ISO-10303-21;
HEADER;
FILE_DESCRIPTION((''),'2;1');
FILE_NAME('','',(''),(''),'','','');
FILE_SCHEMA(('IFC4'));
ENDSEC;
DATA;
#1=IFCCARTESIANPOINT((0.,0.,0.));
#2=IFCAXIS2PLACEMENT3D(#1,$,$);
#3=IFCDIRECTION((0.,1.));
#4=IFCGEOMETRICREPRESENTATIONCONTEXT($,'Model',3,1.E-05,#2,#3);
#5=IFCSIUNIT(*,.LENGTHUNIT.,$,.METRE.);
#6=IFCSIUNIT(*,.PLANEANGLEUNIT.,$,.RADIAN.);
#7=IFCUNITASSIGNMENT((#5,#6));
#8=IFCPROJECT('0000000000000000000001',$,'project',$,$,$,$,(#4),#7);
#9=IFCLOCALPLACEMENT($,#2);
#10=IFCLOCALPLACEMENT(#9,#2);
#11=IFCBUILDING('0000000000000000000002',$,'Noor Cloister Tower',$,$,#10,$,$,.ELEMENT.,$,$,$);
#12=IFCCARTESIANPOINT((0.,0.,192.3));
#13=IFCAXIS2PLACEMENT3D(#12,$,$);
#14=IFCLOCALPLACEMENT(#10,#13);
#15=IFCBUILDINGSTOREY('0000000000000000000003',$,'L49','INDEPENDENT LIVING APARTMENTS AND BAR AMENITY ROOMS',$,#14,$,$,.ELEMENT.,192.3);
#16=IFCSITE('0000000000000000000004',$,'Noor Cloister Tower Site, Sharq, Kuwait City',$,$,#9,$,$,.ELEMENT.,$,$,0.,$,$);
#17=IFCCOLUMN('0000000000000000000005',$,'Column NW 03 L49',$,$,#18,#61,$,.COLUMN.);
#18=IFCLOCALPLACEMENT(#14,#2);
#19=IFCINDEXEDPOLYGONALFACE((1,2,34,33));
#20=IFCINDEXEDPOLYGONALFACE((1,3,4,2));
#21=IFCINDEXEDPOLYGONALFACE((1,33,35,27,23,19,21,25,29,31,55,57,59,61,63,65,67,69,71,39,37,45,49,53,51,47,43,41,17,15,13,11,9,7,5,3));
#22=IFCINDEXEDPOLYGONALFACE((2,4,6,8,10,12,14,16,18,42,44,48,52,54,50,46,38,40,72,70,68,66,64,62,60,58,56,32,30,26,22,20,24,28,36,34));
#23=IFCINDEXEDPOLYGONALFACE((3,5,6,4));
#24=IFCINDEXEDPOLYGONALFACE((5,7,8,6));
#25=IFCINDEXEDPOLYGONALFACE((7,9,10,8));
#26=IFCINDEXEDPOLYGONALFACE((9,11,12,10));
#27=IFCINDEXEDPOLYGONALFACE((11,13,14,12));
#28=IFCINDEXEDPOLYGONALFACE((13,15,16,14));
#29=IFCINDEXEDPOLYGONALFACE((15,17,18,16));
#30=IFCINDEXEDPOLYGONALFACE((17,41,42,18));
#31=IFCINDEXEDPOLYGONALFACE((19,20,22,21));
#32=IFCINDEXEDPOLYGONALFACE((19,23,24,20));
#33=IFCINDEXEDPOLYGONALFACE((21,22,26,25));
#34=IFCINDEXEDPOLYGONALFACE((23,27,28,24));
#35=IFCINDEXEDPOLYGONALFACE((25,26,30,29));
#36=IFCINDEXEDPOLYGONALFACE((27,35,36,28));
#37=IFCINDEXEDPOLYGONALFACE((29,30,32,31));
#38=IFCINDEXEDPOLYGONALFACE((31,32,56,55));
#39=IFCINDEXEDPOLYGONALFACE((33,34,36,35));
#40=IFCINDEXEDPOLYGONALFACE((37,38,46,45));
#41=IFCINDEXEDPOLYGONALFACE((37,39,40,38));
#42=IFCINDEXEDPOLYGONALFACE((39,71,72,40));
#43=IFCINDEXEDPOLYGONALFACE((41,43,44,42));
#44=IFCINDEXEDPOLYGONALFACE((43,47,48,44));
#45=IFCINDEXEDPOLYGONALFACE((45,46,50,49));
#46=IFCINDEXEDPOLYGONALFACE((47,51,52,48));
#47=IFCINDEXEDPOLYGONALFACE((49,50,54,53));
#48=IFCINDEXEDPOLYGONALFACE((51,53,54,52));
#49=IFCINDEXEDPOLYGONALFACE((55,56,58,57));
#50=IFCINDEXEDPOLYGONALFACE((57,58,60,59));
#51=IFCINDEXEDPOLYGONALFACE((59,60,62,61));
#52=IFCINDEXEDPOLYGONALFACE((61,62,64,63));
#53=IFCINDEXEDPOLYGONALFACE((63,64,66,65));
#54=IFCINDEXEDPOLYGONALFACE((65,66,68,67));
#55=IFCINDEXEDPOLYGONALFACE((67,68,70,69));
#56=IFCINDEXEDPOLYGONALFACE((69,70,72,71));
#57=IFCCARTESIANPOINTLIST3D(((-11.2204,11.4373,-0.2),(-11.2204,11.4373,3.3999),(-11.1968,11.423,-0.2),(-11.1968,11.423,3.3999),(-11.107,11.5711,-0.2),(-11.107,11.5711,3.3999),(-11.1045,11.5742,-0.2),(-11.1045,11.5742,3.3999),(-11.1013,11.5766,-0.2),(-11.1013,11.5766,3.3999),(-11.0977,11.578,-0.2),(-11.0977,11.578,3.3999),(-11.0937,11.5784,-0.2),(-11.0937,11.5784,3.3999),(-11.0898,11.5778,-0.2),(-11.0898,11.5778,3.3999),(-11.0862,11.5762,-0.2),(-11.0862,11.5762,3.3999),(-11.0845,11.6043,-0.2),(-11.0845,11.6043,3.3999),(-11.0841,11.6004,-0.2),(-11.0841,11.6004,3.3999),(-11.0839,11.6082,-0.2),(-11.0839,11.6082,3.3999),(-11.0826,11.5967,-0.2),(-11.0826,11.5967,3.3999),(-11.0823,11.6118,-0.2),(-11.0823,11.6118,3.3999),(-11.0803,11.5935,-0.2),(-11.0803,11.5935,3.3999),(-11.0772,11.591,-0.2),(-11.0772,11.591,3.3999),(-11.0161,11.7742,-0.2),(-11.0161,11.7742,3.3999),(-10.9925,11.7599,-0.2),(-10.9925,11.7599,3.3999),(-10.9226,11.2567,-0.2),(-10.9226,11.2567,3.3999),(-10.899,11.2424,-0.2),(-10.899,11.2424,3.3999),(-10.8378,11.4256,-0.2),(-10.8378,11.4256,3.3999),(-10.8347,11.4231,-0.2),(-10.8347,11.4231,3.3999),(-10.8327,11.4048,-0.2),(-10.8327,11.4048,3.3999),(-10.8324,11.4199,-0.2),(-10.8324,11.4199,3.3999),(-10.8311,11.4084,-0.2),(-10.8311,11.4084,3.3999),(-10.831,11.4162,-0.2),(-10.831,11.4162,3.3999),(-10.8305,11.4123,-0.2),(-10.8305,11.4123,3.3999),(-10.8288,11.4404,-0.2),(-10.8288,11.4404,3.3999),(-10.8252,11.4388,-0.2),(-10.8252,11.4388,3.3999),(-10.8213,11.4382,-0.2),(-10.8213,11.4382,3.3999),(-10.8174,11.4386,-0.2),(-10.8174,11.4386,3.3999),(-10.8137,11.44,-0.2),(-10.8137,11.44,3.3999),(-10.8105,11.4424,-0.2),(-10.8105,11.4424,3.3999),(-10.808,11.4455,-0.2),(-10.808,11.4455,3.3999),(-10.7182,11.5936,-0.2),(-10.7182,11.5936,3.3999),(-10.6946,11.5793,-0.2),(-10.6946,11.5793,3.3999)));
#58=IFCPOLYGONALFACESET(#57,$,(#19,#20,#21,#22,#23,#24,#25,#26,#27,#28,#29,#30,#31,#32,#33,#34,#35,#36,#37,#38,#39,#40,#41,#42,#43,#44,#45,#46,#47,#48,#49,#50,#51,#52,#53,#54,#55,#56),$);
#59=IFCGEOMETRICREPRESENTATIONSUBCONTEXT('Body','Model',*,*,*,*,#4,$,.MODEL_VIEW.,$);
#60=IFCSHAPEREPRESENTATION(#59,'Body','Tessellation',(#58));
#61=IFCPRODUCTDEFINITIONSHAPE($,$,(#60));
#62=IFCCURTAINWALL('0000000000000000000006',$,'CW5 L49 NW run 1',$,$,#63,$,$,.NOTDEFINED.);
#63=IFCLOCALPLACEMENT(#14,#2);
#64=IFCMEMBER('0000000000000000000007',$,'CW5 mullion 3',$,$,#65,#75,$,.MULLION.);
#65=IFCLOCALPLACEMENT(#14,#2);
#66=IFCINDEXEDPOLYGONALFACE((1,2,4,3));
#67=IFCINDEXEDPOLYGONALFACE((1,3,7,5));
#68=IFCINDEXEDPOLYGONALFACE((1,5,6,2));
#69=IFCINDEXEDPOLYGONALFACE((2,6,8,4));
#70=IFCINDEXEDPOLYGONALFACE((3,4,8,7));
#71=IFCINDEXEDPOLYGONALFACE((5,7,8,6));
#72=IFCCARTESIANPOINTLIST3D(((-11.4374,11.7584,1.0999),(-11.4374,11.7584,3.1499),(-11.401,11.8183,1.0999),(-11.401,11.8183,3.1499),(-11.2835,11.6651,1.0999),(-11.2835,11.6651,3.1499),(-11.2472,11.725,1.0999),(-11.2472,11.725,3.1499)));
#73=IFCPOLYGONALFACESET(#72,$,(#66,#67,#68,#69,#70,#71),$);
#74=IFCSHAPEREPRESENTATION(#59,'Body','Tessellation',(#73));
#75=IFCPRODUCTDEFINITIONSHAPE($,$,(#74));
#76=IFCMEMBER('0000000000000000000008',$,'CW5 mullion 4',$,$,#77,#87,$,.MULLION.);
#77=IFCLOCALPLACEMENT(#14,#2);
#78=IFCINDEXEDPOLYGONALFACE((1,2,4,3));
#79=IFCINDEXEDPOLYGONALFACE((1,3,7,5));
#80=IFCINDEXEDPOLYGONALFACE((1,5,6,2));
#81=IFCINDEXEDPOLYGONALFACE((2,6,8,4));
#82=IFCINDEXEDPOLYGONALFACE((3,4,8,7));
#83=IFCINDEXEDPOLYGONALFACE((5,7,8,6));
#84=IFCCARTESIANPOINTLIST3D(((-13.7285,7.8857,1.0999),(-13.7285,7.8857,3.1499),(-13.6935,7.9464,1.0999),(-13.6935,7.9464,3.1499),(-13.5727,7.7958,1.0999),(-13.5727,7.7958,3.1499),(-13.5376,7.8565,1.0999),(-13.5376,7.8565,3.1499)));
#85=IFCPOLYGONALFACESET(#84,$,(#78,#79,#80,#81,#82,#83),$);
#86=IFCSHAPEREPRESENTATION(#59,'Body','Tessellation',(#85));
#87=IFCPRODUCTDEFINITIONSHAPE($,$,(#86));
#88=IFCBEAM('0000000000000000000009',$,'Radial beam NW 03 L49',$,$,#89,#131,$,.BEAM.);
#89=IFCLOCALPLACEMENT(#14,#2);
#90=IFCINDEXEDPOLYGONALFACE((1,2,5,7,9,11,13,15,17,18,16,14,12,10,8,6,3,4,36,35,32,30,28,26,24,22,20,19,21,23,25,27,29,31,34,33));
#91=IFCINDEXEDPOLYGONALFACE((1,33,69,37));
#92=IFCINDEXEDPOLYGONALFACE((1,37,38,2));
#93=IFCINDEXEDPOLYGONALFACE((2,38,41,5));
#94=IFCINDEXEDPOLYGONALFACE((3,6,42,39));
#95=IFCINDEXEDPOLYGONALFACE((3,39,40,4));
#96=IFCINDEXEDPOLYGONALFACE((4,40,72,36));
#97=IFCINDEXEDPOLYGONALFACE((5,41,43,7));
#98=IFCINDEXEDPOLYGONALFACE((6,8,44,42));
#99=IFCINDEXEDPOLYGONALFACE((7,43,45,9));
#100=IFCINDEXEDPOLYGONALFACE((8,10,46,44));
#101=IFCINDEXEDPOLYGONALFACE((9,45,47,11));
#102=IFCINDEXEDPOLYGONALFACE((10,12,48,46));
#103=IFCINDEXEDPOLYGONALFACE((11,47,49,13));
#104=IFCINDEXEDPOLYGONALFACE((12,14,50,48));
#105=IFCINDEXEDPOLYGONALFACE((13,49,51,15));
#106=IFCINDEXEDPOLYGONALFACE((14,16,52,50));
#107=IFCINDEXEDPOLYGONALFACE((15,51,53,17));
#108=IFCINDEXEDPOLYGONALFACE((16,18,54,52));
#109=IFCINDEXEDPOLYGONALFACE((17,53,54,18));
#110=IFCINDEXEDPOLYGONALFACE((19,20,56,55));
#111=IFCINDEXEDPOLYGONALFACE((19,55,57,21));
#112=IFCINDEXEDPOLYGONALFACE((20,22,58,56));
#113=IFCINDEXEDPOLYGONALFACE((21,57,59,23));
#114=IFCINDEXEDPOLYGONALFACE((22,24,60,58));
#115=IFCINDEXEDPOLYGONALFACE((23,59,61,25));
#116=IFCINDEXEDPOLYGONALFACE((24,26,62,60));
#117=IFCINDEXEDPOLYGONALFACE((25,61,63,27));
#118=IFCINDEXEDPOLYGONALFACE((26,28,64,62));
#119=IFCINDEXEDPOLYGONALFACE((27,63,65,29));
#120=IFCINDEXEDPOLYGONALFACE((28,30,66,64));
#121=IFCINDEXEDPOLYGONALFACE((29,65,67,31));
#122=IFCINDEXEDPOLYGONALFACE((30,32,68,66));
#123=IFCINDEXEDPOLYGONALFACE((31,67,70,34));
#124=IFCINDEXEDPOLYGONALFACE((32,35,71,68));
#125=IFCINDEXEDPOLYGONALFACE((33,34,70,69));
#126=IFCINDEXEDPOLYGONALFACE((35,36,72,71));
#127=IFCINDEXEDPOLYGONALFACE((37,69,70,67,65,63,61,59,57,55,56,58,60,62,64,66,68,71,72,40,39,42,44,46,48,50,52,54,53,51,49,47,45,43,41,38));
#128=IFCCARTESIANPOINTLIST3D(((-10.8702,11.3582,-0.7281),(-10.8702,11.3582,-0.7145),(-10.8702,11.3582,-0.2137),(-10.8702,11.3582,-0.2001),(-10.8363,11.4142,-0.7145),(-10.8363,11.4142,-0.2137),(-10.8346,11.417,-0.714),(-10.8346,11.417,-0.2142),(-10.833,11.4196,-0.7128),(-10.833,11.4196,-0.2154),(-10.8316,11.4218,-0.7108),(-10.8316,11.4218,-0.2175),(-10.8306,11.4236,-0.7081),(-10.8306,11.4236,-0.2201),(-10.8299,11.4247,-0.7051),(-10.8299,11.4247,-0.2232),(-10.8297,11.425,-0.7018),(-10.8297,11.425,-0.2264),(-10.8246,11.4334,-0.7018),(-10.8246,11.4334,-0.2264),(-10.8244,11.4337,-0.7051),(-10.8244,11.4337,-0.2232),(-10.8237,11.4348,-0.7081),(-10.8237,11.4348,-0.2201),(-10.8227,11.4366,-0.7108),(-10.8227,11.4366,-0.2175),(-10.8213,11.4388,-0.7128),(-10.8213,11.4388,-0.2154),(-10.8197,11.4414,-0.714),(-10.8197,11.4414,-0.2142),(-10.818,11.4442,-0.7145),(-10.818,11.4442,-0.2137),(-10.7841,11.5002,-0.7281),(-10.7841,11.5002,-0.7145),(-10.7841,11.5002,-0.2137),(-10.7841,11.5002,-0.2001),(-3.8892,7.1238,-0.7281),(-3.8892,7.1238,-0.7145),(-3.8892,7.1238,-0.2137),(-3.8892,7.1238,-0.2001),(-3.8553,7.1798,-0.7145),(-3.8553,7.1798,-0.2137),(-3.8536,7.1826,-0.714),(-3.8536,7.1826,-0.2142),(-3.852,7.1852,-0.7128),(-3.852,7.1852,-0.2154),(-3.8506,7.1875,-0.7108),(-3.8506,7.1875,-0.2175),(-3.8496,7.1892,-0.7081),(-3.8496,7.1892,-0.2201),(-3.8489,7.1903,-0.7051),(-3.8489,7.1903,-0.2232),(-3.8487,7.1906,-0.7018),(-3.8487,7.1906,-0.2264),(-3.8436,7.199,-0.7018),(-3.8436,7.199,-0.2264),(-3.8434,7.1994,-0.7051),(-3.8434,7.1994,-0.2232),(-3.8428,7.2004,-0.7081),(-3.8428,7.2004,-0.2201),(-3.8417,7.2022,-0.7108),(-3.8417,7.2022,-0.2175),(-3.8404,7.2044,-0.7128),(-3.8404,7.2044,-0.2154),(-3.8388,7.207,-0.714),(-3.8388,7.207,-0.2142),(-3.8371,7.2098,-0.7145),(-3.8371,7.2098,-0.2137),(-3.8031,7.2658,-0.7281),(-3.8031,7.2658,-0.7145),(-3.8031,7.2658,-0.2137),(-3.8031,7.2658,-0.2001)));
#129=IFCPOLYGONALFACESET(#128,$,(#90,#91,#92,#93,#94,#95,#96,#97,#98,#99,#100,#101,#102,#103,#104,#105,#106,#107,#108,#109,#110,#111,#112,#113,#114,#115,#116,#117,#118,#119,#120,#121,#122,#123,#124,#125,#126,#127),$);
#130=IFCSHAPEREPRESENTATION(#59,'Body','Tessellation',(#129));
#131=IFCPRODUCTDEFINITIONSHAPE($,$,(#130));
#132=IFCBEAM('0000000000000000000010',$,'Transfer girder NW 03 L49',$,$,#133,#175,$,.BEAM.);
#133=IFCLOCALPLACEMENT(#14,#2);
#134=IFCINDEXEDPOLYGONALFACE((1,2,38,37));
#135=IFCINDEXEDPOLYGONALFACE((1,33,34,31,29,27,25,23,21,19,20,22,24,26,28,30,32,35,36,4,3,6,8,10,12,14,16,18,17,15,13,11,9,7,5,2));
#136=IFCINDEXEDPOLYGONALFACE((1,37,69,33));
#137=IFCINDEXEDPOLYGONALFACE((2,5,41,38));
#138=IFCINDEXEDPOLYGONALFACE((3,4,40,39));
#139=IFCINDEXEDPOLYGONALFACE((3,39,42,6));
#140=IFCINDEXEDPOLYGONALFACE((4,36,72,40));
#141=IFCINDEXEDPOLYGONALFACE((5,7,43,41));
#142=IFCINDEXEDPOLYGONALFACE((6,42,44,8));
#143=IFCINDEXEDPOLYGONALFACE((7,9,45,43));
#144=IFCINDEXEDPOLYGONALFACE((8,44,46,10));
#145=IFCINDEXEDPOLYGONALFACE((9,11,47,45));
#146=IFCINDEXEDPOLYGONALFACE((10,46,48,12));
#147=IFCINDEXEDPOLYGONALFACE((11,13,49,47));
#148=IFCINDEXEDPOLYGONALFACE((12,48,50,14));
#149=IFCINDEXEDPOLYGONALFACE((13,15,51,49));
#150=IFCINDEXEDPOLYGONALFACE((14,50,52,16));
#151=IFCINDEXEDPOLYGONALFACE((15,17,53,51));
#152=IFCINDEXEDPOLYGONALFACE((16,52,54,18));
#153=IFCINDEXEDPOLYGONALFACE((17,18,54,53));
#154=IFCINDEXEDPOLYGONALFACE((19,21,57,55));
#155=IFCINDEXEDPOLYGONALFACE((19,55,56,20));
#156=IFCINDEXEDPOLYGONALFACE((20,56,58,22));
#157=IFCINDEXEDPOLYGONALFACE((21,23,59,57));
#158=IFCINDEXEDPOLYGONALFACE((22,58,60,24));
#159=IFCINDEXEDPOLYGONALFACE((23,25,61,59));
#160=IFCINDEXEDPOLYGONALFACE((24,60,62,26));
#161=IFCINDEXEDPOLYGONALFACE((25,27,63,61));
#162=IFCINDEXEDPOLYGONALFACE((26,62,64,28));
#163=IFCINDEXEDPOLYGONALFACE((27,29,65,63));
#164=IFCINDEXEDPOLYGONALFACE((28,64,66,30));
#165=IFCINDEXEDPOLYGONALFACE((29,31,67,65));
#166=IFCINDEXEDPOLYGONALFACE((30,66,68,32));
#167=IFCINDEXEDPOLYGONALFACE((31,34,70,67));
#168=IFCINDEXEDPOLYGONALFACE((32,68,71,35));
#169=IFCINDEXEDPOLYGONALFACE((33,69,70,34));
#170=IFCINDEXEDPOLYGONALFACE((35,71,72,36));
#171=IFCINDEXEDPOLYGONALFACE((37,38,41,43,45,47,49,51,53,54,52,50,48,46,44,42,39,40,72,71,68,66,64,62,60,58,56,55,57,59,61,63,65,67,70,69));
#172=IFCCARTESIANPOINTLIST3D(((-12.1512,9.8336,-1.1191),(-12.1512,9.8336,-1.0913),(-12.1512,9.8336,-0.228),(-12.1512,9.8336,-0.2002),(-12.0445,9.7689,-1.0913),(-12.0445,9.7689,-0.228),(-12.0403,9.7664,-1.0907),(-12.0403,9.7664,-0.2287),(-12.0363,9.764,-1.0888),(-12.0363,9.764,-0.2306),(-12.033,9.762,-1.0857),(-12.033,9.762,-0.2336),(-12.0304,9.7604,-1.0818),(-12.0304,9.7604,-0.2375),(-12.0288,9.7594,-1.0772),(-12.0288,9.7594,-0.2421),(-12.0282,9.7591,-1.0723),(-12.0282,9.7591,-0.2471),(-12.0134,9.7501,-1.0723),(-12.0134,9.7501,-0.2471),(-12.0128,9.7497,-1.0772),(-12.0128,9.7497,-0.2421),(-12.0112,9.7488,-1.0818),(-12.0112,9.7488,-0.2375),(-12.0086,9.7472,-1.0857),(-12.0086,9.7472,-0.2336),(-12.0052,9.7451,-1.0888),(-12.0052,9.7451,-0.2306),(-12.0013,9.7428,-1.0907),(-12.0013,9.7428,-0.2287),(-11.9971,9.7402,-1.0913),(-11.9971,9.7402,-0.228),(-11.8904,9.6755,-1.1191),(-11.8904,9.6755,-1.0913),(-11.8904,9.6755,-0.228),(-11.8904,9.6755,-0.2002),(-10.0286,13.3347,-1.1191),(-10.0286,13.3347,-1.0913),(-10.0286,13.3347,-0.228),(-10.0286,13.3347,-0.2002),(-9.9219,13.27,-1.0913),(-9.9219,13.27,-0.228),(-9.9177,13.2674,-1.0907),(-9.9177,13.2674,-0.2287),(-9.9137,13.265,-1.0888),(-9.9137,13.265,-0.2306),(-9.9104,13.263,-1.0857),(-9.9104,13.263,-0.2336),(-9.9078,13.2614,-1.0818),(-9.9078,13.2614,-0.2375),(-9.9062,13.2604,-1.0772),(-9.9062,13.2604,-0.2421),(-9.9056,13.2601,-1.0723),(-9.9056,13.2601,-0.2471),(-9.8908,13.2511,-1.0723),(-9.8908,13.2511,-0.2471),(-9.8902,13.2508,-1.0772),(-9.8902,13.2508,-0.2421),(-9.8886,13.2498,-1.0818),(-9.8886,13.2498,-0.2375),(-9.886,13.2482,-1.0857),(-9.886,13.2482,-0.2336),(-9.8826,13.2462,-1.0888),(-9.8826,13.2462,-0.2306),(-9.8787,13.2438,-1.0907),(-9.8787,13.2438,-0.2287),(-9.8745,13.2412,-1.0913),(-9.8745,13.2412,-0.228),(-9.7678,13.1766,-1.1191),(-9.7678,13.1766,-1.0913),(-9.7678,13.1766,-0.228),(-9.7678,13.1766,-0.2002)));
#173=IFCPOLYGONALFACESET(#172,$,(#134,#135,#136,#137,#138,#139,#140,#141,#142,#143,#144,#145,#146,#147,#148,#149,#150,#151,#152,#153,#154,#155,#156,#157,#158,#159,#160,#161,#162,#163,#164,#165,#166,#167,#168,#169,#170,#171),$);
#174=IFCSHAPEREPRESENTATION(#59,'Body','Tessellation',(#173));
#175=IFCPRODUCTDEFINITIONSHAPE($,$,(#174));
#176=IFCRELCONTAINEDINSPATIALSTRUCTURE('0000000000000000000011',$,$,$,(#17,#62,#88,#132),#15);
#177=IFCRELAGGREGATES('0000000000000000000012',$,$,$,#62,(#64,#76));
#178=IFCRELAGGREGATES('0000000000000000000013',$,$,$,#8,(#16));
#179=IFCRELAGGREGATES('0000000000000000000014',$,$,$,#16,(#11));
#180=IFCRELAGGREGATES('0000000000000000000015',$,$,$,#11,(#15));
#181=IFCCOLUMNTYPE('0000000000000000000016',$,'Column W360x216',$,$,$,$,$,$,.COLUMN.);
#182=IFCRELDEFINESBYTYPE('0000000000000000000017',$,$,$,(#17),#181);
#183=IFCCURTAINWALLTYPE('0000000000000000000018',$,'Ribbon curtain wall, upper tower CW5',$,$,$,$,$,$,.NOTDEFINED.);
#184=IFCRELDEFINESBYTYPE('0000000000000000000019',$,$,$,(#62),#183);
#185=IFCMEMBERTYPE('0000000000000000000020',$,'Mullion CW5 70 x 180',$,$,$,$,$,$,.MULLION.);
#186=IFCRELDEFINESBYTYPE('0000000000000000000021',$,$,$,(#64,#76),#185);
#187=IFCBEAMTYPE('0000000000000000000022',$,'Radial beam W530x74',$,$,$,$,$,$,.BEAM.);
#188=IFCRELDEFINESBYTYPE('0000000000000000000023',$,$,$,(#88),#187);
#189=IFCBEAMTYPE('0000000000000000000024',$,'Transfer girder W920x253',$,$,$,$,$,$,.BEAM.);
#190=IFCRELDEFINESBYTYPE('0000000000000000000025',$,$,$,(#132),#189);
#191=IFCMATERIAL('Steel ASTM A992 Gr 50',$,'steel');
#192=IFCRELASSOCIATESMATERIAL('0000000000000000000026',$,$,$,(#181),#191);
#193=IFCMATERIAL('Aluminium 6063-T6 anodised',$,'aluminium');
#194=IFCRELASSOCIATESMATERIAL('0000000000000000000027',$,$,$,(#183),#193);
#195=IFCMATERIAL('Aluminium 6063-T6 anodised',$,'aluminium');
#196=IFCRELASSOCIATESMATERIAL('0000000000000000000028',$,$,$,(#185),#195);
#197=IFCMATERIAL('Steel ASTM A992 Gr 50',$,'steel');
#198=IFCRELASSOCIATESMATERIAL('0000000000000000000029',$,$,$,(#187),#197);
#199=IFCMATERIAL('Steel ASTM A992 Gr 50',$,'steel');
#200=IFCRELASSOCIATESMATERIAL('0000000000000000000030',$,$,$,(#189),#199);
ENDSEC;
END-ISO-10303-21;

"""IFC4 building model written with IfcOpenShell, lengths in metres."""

from ifc_helpers import new_model, si_unit, direction, frame, origin, origin_2d, place, context, subcontext, project, spatial, rectangle, i_section, extrude, material, material_profile, profile_set, type_object, element, aggregate, save


model = new_model("IFC4")

# Units and contexts
model_context = context("Model", 3, precision=1e-05, world=origin(), true_north=direction((0.0, 1.0)))
body_context = subcontext(model_context, "Body", "Model", "MODEL_VIEW")
ifc_project = project(units=[si_unit("LENGTHUNIT", "METRE"), si_unit("PLANEANGLEUNIT", "RADIAN")], contexts=[model_context])

# Site, building, storey
site_placement = place(None, origin())
site = spatial("IfcSite", under=ifc_project, at=site_placement, Name="Noor Cloister Tower Site, Sharq, Kuwait City", CompositionType="ELEMENT", RefElevation=0.0)
building_placement = place(site_placement, origin())
building = spatial("IfcBuilding", under=site, at=building_placement, Name="Noor Cloister Tower", CompositionType="ELEMENT")
storey_placement = place(building_placement, frame((0.0, 0.0, 192.3)))
storey = spatial("IfcBuildingStorey", under=building, at=storey_placement, Name="L49", Description="INDEPENDENT LIVING APARTMENTS AND BAR AMENITY ROOMS", CompositionType="ELEMENT", Elevation=192.3)

# Column
ifc_material_1 = material(Name="Steel ASTM A992 Gr 50", Category="steel")
ifc_material_profile_1 = material_profile(ifc_material_1, i_section(OverallWidth=0.394, OverallDepth=0.376, WebThickness=0.0173, FlangeThickness=0.0276, FilletRadius=0.0151, at=origin_2d()), Name="W360x216")
ifc_profile_set_1 = profile_set([ifc_material_profile_1], Name="Steel ASTM A992 Gr 50")
column_type = type_object("IfcColumnType", Name="Column W360x216", PredefinedType="COLUMN", material=ifc_profile_set_1)
column_placement = place(storey_placement, frame((-10.9575, 11.5083, -0.2), z_axis=(0.0, 0.0, 1.0), x_axis=(-0.518623, -0.855003, 0.0)))
element("IfcColumn", 1, at=column_placement, inside=storey, type_object=column_type, Name="Column NW 03 L49", PredefinedType="COLUMN", context=body_context, shape_type="SweptSolid", body=[
    extrude(i_section(OverallWidth=0.394, OverallDepth=0.376, WebThickness=0.0173, FlangeThickness=0.0276, FilletRadius=0.0151, at=origin_2d()), origin(), (0.0, 0.0, 1.0), 3.5999),
])

# Curtain wall, members
ifc_material_2 = material(Name="Aluminium 6063-T6 anodised", Category="aluminium")
curtain_wall_type = type_object("IfcCurtainWallType", Name="Ribbon curtain wall, upper tower CW5", PredefinedType="NOTDEFINED", material=ifc_material_2)
curtain_wall_placement = place(storey_placement, origin())
curtain_wall = element("IfcCurtainWall", 2, at=curtain_wall_placement, inside=storey, type_object=curtain_wall_type, Name="CW5 L49 NW run 1", PredefinedType="NOTDEFINED")
ifc_material_3 = material(Name="Aluminium 6063-T6 anodised", Category="aluminium")
ifc_material_profile_2 = material_profile(ifc_material_3, rectangle(XDim=0.1799, YDim=0.0701, at=origin_2d()), Name="180 x 70 mullion")
ifc_profile_set_2 = profile_set([ifc_material_profile_2], Name="Aluminium 6063-T6 anodised")
member_type = type_object("IfcMemberType", Name="Mullion CW5 70 x 180", PredefinedType="MULLION", material=ifc_profile_set_2)
member_1_placement = place(storey_placement, frame((-11.3423, 11.7417, 1.0999), z_axis=(0.0, 0.0, 1.0), x_axis=(0.855003, -0.518623, 0.0)))
member_1 = element("IfcMember", 3, at=member_1_placement, type_object=member_type, Name="CW5 mullion 3", PredefinedType="MULLION", context=body_context, shape_type="SweptSolid", body=[
    extrude(rectangle(XDim=0.1799, YDim=0.0701, at=origin_2d()), origin(), (0.0, 0.0, 1.0), 2.05),
])
member_2_placement = place(storey_placement, frame((-13.6331, 7.8711, 1.0999), z_axis=(0.0, 0.0, 1.0), x_axis=(0.866025, -0.5, 0.0)))
member_2 = element("IfcMember", 4, at=member_2_placement, type_object=member_type, Name="CW5 mullion 4", PredefinedType="MULLION", context=body_context, shape_type="SweptSolid", body=[
    extrude(rectangle(XDim=0.1799, YDim=0.0701, at=origin_2d()), origin(), (0.0, 0.0, 1.0), 2.05),
])

# Beams
ifc_material_4 = material(Name="Steel ASTM A992 Gr 50", Category="steel")
ifc_material_profile_3 = material_profile(ifc_material_4, i_section(OverallWidth=0.166, OverallDepth=0.5281, WebThickness=0.0098, FlangeThickness=0.0137, FilletRadius=0.0127, at=origin_2d()), Name="W530x74")
ifc_profile_set_3 = profile_set([ifc_material_profile_3], Name="Steel ASTM A992 Gr 50")
beam_type_1 = type_object("IfcBeamType", Name="Radial beam W530x74", PredefinedType="BEAM", material=ifc_profile_set_3)
beam_1_placement = place(storey_placement, frame((-10.8271, 11.4292, -0.4641), z_axis=(0.855008, -0.518614, 0.0), x_axis=(0.518614, 0.855008, 0.0)))
element("IfcBeam", 5, at=beam_1_placement, inside=storey, type_object=beam_type_1, Name="Radial beam NW 03 L49", PredefinedType="BEAM", context=body_context, shape_type="SweptSolid", body=[
    extrude(i_section(OverallWidth=0.166, OverallDepth=0.5281, WebThickness=0.0098, FlangeThickness=0.0137, FilletRadius=0.0127, at=origin_2d()), origin(), (0.0, 0.0, 1.0), 8.1648),
])
ifc_material_5 = material(Name="Steel ASTM A992 Gr 50", Category="steel")
ifc_material_profile_4 = material_profile(ifc_material_5, i_section(OverallWidth=0.3049, OverallDepth=0.9189, WebThickness=0.0173, FlangeThickness=0.0278, FilletRadius=0.019, at=origin_2d()), Name="W920x253")
ifc_profile_set_4 = profile_set([ifc_material_profile_4], Name="Steel ASTM A992 Gr 50")
beam_type_2 = type_object("IfcBeamType", Name="Transfer girder W920x253", PredefinedType="BEAM", material=ifc_profile_set_4)
beam_2_placement = place(storey_placement, frame((-9.8982, 13.2556, -0.6597), z_axis=(-0.518437, -0.855116, 0.0), x_axis=(0.855116, -0.518437, 0.0)))
element("IfcBeam", 6, at=beam_2_placement, inside=storey, type_object=beam_type_2, Name="Transfer girder NW 03 L49", PredefinedType="BEAM", context=body_context, shape_type="SweptSolid", body=[
    extrude(i_section(OverallWidth=0.3049, OverallDepth=0.9189, WebThickness=0.0173, FlangeThickness=0.0278, FilletRadius=0.019, at=origin_2d()), origin(), (0.0, 0.0, 1.0), 4.0942),
])

aggregate(curtain_wall, [member_1, member_2])

save(model, "model.ifc")
